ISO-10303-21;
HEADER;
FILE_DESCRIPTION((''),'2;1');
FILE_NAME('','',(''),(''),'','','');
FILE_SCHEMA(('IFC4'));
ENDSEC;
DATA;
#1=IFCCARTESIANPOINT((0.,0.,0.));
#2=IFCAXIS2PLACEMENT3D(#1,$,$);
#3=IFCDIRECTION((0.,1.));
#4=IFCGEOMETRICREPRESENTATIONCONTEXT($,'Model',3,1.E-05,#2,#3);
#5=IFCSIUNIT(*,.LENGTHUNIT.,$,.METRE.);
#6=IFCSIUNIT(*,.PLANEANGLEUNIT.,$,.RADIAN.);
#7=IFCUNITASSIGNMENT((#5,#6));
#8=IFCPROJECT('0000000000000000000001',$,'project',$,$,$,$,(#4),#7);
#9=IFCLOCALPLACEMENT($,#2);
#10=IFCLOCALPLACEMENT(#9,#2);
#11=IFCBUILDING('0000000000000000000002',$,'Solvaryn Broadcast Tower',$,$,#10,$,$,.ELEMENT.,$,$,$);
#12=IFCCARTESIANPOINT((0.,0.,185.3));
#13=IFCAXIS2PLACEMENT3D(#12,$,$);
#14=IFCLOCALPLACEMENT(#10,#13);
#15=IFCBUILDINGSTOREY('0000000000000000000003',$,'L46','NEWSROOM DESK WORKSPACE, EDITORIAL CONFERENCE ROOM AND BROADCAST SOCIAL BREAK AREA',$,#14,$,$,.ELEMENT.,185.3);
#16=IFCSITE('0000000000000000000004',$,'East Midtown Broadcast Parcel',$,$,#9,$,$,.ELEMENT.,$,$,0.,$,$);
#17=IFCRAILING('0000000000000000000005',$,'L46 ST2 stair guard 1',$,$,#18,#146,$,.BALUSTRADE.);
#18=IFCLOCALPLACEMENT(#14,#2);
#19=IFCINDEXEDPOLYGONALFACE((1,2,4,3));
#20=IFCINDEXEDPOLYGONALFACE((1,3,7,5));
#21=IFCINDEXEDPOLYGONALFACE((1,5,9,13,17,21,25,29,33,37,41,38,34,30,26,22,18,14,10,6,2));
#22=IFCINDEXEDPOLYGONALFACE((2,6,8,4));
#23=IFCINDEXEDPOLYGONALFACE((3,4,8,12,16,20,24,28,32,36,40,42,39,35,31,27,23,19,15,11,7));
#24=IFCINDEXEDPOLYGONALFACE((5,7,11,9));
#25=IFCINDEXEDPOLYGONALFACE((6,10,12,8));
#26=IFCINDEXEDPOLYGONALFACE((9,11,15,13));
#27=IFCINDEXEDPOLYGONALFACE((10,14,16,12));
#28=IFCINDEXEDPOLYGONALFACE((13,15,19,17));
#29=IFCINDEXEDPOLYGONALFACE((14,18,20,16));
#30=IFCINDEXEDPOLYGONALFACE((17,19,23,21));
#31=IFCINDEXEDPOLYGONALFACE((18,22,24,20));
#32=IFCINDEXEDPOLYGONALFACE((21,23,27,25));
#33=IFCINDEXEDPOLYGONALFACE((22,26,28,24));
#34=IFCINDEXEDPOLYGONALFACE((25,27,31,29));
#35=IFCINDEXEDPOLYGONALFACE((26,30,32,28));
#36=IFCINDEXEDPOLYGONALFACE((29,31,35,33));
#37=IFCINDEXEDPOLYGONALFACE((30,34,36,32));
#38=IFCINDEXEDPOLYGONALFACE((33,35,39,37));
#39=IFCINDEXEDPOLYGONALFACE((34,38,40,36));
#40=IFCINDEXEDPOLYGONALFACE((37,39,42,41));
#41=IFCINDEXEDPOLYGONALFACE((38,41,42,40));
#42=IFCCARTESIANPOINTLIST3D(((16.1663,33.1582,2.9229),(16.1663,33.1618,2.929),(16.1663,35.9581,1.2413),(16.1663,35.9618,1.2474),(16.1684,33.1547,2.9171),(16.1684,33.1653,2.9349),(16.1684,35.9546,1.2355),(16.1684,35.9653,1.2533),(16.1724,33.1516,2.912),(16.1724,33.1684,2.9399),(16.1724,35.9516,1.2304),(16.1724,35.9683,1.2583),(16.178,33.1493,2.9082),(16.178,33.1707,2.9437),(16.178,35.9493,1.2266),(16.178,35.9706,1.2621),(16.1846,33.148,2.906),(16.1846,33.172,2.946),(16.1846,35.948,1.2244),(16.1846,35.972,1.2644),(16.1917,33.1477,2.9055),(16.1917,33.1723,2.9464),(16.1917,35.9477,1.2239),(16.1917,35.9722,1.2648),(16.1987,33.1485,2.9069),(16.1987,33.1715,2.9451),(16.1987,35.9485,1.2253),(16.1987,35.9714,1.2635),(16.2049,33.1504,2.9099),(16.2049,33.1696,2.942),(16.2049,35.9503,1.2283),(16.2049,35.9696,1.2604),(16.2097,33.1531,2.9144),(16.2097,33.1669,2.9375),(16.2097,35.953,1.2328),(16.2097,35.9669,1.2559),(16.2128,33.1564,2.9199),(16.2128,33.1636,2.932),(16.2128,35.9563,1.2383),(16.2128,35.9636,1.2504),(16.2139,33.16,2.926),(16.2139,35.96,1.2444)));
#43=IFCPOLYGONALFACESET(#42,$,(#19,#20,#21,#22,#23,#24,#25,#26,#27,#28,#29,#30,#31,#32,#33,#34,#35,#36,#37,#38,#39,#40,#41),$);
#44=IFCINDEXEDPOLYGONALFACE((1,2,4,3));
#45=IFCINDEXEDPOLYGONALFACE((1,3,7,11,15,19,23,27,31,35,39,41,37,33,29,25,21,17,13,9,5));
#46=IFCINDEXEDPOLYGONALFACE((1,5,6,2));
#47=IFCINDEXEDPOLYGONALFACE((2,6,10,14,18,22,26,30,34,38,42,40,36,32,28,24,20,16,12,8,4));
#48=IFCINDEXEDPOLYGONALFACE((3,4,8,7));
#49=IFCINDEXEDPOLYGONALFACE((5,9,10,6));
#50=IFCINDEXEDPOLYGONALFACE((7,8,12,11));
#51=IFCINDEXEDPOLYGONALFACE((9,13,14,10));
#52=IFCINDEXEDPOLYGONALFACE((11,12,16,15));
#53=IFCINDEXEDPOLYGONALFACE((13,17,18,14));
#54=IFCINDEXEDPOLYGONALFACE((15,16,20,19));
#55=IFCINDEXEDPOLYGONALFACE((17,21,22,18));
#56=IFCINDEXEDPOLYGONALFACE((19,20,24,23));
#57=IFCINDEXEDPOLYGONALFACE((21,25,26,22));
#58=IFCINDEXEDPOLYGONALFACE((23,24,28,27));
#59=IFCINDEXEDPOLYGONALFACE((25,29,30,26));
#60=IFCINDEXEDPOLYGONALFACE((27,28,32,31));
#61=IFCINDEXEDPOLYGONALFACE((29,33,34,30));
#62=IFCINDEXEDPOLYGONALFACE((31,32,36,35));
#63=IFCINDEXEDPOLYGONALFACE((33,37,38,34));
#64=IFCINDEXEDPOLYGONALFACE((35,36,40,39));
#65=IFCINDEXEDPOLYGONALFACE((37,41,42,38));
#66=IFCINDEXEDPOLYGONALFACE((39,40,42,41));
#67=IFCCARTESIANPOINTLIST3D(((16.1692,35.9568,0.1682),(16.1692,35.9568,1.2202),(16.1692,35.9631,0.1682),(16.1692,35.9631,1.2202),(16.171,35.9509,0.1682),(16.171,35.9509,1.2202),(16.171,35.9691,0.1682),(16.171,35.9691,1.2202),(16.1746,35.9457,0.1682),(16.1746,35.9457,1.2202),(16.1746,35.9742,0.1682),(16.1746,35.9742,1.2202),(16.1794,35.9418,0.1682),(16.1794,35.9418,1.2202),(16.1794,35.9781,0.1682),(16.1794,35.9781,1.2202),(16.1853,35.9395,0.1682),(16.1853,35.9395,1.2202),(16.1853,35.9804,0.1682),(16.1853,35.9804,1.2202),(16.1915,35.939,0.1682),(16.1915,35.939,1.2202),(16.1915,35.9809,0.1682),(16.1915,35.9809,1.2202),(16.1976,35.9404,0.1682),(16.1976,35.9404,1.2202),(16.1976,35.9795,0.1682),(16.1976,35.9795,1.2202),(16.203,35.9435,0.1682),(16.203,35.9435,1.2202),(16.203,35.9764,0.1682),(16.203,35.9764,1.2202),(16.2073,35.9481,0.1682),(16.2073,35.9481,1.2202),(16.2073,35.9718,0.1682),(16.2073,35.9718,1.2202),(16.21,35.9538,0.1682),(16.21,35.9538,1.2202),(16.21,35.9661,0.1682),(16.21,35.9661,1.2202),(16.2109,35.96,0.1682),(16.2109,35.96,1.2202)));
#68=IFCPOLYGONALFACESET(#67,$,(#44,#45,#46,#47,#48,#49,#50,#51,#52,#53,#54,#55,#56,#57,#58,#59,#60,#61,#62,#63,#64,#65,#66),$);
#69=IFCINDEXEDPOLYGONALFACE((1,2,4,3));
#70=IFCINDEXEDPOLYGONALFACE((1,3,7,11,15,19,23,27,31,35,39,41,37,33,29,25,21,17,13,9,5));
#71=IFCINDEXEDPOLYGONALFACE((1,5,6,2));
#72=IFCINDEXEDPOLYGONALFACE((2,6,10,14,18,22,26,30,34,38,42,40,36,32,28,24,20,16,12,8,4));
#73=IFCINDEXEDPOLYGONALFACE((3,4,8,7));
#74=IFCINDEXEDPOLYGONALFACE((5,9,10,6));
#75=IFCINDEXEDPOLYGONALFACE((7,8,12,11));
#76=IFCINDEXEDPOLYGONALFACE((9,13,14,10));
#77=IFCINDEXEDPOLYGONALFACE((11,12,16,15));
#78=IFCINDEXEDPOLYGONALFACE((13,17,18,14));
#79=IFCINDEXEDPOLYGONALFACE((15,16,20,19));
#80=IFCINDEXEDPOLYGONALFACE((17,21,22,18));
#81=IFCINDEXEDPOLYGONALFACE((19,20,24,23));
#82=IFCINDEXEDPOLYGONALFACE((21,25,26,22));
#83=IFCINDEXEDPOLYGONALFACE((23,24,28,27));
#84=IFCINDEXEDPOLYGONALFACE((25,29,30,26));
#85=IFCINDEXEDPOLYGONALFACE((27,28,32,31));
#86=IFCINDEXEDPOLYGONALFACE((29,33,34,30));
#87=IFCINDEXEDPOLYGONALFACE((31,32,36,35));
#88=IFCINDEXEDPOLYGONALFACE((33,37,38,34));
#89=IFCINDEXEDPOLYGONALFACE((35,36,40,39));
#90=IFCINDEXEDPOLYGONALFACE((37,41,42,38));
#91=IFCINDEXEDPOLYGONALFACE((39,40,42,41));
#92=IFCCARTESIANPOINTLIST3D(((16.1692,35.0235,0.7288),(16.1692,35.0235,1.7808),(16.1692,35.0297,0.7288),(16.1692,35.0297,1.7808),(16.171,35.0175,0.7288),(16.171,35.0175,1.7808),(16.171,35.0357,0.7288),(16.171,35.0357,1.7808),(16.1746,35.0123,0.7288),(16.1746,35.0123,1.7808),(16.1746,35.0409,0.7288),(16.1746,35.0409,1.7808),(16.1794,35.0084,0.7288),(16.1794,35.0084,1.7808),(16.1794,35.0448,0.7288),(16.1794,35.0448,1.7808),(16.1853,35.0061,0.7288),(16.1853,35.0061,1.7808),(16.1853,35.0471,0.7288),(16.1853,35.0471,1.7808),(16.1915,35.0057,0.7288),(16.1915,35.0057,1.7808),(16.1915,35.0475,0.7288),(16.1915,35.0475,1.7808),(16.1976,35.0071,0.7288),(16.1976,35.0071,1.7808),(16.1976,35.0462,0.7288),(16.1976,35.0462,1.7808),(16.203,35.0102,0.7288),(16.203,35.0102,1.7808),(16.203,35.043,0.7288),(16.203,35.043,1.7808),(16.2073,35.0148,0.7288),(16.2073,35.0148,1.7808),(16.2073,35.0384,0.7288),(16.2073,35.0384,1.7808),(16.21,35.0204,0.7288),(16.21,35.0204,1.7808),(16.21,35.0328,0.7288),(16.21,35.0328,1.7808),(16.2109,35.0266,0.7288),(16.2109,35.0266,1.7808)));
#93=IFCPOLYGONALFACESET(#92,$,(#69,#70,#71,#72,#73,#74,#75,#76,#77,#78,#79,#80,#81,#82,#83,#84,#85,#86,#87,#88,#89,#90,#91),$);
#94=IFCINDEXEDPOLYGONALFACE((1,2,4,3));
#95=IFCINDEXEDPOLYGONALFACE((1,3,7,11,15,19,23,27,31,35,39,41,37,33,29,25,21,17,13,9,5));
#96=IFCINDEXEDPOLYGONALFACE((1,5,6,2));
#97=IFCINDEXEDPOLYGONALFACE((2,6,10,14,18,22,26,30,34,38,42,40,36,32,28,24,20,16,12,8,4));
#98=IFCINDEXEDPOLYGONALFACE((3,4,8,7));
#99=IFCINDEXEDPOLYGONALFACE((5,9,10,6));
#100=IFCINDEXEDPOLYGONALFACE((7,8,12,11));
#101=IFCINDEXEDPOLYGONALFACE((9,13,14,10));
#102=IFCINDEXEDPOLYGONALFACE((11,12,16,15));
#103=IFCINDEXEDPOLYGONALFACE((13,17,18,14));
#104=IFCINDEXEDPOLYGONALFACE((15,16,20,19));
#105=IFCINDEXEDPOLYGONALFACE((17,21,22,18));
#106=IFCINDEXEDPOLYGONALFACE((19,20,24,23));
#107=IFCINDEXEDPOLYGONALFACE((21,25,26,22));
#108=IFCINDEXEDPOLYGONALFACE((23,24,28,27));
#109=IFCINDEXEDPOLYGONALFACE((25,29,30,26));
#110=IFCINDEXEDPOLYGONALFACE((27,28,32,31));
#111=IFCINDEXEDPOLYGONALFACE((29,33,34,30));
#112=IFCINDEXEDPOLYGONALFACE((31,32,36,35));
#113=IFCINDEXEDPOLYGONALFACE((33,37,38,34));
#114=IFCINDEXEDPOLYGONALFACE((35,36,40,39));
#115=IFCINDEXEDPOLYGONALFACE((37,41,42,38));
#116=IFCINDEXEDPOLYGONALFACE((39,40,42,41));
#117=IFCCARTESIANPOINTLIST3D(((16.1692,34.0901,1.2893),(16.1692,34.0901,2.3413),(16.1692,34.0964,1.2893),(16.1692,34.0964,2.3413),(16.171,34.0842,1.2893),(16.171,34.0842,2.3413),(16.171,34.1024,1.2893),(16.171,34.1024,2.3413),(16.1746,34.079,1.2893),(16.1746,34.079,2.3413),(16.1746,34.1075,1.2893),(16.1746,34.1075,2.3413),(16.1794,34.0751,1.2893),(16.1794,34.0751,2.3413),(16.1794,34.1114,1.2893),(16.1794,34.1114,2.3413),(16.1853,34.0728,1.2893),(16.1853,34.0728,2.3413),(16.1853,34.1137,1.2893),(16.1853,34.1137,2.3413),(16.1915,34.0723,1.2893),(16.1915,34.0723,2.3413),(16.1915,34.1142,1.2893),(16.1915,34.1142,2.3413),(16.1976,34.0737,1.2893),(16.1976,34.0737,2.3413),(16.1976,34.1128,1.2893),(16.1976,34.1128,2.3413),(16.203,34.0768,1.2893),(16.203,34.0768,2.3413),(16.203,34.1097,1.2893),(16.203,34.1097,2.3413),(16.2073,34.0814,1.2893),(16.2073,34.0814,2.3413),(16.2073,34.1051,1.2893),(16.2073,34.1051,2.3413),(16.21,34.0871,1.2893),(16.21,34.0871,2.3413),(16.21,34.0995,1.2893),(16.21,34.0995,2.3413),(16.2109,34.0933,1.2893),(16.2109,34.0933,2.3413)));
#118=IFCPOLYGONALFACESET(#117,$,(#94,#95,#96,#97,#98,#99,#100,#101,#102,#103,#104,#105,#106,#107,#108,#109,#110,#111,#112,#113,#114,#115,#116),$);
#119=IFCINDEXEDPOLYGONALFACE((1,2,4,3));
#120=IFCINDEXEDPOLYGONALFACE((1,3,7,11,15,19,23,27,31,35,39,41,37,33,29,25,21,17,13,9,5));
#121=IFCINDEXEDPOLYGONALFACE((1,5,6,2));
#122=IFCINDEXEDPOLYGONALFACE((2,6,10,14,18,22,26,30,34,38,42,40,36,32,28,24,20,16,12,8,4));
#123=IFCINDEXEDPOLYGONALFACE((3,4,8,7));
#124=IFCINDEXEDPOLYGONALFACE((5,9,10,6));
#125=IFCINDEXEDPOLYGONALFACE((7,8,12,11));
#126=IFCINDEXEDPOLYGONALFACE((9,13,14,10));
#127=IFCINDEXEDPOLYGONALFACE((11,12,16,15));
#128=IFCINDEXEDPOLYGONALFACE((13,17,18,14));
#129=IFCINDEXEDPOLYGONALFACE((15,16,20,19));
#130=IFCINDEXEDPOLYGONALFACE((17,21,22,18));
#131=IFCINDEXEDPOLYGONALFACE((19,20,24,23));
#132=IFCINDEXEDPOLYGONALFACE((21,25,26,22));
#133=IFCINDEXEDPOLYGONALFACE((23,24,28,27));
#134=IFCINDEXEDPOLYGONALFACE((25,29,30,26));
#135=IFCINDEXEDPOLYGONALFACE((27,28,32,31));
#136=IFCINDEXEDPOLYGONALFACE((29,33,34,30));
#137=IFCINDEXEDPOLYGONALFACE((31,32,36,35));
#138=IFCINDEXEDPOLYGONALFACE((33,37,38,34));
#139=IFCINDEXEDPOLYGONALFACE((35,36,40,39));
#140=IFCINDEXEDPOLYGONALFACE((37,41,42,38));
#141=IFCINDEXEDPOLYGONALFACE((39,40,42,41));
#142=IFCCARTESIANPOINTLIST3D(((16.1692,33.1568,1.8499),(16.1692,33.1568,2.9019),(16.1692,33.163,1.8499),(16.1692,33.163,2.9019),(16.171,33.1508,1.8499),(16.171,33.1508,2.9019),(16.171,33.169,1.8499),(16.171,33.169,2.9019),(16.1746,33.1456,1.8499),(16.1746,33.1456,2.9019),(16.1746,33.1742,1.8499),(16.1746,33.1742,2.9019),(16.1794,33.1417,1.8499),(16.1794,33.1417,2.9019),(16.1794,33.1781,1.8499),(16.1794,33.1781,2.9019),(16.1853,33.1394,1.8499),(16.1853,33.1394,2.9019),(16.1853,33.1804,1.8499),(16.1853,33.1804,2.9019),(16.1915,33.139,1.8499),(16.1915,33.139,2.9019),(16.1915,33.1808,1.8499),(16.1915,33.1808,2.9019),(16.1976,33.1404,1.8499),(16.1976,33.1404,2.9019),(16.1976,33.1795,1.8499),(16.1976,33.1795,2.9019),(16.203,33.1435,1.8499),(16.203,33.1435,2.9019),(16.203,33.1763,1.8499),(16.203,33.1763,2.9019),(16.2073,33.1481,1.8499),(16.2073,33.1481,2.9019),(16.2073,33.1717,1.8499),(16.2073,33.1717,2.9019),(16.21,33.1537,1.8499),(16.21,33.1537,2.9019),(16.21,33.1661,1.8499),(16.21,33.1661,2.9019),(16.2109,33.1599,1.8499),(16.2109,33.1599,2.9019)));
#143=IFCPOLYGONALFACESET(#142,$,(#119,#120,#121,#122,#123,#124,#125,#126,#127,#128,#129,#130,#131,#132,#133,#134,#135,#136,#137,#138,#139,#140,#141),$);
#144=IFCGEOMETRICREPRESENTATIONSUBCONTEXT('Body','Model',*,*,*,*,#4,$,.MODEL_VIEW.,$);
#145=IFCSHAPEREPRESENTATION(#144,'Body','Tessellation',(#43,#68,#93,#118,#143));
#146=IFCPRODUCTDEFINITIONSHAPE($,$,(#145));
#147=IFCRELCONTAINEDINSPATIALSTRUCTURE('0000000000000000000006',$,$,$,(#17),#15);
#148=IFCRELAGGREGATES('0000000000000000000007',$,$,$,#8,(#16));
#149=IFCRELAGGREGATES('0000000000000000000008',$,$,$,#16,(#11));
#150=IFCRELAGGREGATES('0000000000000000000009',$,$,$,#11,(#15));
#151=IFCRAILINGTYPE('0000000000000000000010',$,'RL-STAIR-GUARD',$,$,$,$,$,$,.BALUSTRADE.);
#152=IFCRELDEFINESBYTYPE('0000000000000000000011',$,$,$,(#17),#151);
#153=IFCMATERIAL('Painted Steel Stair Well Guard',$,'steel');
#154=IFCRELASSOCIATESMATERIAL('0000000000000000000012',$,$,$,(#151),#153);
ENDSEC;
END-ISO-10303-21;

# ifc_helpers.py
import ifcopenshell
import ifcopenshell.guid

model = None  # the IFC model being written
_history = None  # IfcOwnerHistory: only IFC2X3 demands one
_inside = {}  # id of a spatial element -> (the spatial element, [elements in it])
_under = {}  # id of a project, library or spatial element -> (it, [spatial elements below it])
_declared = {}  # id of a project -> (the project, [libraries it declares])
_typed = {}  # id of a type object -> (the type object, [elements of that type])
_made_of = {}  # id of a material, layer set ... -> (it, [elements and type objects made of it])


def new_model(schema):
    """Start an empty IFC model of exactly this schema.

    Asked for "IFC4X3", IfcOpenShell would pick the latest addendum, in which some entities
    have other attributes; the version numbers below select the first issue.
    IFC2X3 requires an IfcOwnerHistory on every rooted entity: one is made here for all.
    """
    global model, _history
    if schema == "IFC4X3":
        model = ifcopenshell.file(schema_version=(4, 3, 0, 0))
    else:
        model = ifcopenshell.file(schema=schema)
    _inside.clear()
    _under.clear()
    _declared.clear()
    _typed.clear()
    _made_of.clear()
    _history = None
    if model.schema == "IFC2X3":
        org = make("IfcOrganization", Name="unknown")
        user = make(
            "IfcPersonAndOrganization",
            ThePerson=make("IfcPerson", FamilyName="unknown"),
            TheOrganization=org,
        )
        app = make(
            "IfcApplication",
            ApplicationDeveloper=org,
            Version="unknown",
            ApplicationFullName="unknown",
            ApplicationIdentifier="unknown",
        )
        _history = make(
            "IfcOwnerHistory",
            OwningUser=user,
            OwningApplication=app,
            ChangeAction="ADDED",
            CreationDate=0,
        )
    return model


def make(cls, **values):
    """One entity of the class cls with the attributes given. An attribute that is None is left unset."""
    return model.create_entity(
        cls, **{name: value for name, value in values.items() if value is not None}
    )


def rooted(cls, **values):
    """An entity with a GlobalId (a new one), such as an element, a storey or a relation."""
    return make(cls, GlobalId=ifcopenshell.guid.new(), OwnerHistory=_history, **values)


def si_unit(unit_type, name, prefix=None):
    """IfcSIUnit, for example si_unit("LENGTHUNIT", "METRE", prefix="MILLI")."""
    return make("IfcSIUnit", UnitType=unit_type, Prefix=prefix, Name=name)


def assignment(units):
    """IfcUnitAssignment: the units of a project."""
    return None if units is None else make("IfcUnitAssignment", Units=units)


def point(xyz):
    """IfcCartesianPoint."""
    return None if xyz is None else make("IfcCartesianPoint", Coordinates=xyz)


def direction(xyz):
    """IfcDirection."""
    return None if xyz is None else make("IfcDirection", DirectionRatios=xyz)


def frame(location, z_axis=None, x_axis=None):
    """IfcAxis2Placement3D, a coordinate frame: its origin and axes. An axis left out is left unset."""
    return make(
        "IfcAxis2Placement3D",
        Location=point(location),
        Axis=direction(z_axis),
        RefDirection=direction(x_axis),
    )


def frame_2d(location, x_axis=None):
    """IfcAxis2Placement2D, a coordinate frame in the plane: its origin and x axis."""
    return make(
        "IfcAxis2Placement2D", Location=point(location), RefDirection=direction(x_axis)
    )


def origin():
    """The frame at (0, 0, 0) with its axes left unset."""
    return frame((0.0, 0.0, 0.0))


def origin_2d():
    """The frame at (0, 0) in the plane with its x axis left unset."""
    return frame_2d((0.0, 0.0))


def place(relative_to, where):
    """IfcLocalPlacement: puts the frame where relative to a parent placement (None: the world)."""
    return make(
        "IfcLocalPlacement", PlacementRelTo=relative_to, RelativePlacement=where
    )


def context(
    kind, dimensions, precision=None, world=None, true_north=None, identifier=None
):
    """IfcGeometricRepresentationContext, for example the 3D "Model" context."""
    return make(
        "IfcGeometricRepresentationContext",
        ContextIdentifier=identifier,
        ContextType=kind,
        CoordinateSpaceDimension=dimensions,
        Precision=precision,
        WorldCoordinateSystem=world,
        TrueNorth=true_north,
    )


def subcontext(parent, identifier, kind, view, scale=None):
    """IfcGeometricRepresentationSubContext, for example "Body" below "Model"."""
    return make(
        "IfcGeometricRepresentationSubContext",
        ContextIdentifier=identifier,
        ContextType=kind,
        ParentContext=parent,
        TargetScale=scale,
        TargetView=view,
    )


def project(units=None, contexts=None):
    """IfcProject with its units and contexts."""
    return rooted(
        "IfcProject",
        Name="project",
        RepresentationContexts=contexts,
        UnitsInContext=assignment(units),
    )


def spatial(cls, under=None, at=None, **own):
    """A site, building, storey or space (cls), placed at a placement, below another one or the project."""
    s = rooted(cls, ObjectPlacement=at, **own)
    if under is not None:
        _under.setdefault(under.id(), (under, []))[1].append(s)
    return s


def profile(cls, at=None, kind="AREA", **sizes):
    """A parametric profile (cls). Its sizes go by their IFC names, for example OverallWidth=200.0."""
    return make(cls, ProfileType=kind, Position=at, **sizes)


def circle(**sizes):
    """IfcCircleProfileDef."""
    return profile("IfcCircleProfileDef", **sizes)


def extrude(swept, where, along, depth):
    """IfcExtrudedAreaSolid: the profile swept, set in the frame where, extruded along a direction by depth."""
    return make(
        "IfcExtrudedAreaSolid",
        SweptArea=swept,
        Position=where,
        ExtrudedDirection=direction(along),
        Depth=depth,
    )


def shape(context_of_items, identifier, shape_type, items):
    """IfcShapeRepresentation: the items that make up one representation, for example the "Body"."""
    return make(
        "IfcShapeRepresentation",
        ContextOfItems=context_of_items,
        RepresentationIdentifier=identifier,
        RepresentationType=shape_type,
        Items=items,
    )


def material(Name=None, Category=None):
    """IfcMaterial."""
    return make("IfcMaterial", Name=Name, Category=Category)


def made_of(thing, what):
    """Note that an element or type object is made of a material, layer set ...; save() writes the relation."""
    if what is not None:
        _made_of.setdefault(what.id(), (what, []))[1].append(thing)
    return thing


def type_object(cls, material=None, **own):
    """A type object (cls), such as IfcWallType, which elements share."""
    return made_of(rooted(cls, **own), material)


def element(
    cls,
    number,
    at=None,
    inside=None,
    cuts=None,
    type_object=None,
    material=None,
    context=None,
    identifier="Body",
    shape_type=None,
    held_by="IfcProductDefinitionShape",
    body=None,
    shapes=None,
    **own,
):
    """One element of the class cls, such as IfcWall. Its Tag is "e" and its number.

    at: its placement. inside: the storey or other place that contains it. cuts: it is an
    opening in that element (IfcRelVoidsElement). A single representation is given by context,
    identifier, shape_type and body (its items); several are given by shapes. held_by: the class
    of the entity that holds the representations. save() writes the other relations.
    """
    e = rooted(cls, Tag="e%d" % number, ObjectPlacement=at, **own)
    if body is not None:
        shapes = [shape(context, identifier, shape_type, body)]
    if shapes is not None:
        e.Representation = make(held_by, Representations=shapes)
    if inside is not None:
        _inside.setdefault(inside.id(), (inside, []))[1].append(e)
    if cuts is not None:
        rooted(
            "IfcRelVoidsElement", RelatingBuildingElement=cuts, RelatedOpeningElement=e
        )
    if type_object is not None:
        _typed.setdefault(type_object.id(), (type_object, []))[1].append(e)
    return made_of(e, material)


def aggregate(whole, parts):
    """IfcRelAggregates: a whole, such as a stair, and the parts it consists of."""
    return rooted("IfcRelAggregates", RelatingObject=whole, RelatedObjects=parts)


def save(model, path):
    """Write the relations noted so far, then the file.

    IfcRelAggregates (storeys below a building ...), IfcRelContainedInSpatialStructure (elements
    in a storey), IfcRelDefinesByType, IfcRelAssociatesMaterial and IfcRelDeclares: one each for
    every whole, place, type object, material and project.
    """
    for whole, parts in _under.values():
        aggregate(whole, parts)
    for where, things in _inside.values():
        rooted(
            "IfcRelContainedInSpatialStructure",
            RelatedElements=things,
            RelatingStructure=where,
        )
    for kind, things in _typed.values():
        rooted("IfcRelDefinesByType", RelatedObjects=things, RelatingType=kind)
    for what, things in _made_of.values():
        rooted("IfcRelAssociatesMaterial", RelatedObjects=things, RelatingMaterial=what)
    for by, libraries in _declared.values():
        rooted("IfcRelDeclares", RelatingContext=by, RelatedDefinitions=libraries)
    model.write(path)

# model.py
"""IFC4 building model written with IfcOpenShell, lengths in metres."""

from ifc_helpers import new_model, si_unit, direction, frame, origin, origin_2d, place, context, subcontext, project, spatial, circle, extrude, material, type_object, element, save


model = new_model("IFC4")

# Units and contexts
model_context = context("Model", 3, precision=1e-05, world=origin(), true_north=direction((0.0, 1.0)))
body_context = subcontext(model_context, "Body", "Model", "MODEL_VIEW")
ifc_project = project(units=[si_unit("LENGTHUNIT", "METRE"), si_unit("PLANEANGLEUNIT", "RADIAN")], contexts=[model_context])

# Site, building, storey
site_placement = place(None, origin())
site = spatial("IfcSite", under=ifc_project, at=site_placement, Name="East Midtown Broadcast Parcel", CompositionType="ELEMENT", RefElevation=0.0)
building_placement = place(site_placement, origin())
building = spatial("IfcBuilding", under=site, at=building_placement, Name="Solvaryn Broadcast Tower", CompositionType="ELEMENT")
storey_placement = place(building_placement, frame((0.0, 0.0, 185.3)))
storey = spatial("IfcBuildingStorey", under=building, at=storey_placement, Name="L46", Description="NEWSROOM DESK WORKSPACE, EDITORIAL CONFERENCE ROOM AND BROADCAST SOCIAL BREAK AREA", CompositionType="ELEMENT", Elevation=185.3)

# Railing
ifc_material_1 = material(Name="Painted Steel Stair Well Guard", Category="steel")
railing_type_1 = type_object("IfcRailingType", Name="RL-STAIR-GUARD", PredefinedType="BALUSTRADE", material=ifc_material_1)
railing_1_placement = place(storey_placement, frame((16.1899, 35.96, 0.1682)))
element("IfcRailing", 1, at=railing_1_placement, inside=storey, type_object=railing_type_1, Name="L46 ST2 stair guard 1", PredefinedType="BALUSTRADE", context=body_context, shape_type="SweptSolid", body=[
    extrude(circle(Radius=0.0239, at=origin_2d()), frame((0.0, 0.0, 1.0762), z_axis=(0.0, -0.857275, 0.514858), x_axis=(1.0, 0.0, 0.0)), (0.0, 0.0, 1.0), 3.2661),
    extrude(circle(Radius=0.021, at=origin_2d()), origin(), (0.0, 0.0, 1.0), 1.052),
    extrude(circle(Radius=0.021, at=origin_2d()), frame((0.0, -0.9333, 0.5605)), (0.0, 0.0, 1.0), 1.052),
    extrude(circle(Radius=0.021, at=origin_2d()), frame((0.0, -1.8667, 1.1211)), (0.0, 0.0, 1.0), 1.052),
    extrude(circle(Radius=0.021, at=origin_2d()), frame((0.0, -2.8, 1.6816)), (0.0, 0.0, 1.0), 1.052),
])

save(model, "model.ifc")
